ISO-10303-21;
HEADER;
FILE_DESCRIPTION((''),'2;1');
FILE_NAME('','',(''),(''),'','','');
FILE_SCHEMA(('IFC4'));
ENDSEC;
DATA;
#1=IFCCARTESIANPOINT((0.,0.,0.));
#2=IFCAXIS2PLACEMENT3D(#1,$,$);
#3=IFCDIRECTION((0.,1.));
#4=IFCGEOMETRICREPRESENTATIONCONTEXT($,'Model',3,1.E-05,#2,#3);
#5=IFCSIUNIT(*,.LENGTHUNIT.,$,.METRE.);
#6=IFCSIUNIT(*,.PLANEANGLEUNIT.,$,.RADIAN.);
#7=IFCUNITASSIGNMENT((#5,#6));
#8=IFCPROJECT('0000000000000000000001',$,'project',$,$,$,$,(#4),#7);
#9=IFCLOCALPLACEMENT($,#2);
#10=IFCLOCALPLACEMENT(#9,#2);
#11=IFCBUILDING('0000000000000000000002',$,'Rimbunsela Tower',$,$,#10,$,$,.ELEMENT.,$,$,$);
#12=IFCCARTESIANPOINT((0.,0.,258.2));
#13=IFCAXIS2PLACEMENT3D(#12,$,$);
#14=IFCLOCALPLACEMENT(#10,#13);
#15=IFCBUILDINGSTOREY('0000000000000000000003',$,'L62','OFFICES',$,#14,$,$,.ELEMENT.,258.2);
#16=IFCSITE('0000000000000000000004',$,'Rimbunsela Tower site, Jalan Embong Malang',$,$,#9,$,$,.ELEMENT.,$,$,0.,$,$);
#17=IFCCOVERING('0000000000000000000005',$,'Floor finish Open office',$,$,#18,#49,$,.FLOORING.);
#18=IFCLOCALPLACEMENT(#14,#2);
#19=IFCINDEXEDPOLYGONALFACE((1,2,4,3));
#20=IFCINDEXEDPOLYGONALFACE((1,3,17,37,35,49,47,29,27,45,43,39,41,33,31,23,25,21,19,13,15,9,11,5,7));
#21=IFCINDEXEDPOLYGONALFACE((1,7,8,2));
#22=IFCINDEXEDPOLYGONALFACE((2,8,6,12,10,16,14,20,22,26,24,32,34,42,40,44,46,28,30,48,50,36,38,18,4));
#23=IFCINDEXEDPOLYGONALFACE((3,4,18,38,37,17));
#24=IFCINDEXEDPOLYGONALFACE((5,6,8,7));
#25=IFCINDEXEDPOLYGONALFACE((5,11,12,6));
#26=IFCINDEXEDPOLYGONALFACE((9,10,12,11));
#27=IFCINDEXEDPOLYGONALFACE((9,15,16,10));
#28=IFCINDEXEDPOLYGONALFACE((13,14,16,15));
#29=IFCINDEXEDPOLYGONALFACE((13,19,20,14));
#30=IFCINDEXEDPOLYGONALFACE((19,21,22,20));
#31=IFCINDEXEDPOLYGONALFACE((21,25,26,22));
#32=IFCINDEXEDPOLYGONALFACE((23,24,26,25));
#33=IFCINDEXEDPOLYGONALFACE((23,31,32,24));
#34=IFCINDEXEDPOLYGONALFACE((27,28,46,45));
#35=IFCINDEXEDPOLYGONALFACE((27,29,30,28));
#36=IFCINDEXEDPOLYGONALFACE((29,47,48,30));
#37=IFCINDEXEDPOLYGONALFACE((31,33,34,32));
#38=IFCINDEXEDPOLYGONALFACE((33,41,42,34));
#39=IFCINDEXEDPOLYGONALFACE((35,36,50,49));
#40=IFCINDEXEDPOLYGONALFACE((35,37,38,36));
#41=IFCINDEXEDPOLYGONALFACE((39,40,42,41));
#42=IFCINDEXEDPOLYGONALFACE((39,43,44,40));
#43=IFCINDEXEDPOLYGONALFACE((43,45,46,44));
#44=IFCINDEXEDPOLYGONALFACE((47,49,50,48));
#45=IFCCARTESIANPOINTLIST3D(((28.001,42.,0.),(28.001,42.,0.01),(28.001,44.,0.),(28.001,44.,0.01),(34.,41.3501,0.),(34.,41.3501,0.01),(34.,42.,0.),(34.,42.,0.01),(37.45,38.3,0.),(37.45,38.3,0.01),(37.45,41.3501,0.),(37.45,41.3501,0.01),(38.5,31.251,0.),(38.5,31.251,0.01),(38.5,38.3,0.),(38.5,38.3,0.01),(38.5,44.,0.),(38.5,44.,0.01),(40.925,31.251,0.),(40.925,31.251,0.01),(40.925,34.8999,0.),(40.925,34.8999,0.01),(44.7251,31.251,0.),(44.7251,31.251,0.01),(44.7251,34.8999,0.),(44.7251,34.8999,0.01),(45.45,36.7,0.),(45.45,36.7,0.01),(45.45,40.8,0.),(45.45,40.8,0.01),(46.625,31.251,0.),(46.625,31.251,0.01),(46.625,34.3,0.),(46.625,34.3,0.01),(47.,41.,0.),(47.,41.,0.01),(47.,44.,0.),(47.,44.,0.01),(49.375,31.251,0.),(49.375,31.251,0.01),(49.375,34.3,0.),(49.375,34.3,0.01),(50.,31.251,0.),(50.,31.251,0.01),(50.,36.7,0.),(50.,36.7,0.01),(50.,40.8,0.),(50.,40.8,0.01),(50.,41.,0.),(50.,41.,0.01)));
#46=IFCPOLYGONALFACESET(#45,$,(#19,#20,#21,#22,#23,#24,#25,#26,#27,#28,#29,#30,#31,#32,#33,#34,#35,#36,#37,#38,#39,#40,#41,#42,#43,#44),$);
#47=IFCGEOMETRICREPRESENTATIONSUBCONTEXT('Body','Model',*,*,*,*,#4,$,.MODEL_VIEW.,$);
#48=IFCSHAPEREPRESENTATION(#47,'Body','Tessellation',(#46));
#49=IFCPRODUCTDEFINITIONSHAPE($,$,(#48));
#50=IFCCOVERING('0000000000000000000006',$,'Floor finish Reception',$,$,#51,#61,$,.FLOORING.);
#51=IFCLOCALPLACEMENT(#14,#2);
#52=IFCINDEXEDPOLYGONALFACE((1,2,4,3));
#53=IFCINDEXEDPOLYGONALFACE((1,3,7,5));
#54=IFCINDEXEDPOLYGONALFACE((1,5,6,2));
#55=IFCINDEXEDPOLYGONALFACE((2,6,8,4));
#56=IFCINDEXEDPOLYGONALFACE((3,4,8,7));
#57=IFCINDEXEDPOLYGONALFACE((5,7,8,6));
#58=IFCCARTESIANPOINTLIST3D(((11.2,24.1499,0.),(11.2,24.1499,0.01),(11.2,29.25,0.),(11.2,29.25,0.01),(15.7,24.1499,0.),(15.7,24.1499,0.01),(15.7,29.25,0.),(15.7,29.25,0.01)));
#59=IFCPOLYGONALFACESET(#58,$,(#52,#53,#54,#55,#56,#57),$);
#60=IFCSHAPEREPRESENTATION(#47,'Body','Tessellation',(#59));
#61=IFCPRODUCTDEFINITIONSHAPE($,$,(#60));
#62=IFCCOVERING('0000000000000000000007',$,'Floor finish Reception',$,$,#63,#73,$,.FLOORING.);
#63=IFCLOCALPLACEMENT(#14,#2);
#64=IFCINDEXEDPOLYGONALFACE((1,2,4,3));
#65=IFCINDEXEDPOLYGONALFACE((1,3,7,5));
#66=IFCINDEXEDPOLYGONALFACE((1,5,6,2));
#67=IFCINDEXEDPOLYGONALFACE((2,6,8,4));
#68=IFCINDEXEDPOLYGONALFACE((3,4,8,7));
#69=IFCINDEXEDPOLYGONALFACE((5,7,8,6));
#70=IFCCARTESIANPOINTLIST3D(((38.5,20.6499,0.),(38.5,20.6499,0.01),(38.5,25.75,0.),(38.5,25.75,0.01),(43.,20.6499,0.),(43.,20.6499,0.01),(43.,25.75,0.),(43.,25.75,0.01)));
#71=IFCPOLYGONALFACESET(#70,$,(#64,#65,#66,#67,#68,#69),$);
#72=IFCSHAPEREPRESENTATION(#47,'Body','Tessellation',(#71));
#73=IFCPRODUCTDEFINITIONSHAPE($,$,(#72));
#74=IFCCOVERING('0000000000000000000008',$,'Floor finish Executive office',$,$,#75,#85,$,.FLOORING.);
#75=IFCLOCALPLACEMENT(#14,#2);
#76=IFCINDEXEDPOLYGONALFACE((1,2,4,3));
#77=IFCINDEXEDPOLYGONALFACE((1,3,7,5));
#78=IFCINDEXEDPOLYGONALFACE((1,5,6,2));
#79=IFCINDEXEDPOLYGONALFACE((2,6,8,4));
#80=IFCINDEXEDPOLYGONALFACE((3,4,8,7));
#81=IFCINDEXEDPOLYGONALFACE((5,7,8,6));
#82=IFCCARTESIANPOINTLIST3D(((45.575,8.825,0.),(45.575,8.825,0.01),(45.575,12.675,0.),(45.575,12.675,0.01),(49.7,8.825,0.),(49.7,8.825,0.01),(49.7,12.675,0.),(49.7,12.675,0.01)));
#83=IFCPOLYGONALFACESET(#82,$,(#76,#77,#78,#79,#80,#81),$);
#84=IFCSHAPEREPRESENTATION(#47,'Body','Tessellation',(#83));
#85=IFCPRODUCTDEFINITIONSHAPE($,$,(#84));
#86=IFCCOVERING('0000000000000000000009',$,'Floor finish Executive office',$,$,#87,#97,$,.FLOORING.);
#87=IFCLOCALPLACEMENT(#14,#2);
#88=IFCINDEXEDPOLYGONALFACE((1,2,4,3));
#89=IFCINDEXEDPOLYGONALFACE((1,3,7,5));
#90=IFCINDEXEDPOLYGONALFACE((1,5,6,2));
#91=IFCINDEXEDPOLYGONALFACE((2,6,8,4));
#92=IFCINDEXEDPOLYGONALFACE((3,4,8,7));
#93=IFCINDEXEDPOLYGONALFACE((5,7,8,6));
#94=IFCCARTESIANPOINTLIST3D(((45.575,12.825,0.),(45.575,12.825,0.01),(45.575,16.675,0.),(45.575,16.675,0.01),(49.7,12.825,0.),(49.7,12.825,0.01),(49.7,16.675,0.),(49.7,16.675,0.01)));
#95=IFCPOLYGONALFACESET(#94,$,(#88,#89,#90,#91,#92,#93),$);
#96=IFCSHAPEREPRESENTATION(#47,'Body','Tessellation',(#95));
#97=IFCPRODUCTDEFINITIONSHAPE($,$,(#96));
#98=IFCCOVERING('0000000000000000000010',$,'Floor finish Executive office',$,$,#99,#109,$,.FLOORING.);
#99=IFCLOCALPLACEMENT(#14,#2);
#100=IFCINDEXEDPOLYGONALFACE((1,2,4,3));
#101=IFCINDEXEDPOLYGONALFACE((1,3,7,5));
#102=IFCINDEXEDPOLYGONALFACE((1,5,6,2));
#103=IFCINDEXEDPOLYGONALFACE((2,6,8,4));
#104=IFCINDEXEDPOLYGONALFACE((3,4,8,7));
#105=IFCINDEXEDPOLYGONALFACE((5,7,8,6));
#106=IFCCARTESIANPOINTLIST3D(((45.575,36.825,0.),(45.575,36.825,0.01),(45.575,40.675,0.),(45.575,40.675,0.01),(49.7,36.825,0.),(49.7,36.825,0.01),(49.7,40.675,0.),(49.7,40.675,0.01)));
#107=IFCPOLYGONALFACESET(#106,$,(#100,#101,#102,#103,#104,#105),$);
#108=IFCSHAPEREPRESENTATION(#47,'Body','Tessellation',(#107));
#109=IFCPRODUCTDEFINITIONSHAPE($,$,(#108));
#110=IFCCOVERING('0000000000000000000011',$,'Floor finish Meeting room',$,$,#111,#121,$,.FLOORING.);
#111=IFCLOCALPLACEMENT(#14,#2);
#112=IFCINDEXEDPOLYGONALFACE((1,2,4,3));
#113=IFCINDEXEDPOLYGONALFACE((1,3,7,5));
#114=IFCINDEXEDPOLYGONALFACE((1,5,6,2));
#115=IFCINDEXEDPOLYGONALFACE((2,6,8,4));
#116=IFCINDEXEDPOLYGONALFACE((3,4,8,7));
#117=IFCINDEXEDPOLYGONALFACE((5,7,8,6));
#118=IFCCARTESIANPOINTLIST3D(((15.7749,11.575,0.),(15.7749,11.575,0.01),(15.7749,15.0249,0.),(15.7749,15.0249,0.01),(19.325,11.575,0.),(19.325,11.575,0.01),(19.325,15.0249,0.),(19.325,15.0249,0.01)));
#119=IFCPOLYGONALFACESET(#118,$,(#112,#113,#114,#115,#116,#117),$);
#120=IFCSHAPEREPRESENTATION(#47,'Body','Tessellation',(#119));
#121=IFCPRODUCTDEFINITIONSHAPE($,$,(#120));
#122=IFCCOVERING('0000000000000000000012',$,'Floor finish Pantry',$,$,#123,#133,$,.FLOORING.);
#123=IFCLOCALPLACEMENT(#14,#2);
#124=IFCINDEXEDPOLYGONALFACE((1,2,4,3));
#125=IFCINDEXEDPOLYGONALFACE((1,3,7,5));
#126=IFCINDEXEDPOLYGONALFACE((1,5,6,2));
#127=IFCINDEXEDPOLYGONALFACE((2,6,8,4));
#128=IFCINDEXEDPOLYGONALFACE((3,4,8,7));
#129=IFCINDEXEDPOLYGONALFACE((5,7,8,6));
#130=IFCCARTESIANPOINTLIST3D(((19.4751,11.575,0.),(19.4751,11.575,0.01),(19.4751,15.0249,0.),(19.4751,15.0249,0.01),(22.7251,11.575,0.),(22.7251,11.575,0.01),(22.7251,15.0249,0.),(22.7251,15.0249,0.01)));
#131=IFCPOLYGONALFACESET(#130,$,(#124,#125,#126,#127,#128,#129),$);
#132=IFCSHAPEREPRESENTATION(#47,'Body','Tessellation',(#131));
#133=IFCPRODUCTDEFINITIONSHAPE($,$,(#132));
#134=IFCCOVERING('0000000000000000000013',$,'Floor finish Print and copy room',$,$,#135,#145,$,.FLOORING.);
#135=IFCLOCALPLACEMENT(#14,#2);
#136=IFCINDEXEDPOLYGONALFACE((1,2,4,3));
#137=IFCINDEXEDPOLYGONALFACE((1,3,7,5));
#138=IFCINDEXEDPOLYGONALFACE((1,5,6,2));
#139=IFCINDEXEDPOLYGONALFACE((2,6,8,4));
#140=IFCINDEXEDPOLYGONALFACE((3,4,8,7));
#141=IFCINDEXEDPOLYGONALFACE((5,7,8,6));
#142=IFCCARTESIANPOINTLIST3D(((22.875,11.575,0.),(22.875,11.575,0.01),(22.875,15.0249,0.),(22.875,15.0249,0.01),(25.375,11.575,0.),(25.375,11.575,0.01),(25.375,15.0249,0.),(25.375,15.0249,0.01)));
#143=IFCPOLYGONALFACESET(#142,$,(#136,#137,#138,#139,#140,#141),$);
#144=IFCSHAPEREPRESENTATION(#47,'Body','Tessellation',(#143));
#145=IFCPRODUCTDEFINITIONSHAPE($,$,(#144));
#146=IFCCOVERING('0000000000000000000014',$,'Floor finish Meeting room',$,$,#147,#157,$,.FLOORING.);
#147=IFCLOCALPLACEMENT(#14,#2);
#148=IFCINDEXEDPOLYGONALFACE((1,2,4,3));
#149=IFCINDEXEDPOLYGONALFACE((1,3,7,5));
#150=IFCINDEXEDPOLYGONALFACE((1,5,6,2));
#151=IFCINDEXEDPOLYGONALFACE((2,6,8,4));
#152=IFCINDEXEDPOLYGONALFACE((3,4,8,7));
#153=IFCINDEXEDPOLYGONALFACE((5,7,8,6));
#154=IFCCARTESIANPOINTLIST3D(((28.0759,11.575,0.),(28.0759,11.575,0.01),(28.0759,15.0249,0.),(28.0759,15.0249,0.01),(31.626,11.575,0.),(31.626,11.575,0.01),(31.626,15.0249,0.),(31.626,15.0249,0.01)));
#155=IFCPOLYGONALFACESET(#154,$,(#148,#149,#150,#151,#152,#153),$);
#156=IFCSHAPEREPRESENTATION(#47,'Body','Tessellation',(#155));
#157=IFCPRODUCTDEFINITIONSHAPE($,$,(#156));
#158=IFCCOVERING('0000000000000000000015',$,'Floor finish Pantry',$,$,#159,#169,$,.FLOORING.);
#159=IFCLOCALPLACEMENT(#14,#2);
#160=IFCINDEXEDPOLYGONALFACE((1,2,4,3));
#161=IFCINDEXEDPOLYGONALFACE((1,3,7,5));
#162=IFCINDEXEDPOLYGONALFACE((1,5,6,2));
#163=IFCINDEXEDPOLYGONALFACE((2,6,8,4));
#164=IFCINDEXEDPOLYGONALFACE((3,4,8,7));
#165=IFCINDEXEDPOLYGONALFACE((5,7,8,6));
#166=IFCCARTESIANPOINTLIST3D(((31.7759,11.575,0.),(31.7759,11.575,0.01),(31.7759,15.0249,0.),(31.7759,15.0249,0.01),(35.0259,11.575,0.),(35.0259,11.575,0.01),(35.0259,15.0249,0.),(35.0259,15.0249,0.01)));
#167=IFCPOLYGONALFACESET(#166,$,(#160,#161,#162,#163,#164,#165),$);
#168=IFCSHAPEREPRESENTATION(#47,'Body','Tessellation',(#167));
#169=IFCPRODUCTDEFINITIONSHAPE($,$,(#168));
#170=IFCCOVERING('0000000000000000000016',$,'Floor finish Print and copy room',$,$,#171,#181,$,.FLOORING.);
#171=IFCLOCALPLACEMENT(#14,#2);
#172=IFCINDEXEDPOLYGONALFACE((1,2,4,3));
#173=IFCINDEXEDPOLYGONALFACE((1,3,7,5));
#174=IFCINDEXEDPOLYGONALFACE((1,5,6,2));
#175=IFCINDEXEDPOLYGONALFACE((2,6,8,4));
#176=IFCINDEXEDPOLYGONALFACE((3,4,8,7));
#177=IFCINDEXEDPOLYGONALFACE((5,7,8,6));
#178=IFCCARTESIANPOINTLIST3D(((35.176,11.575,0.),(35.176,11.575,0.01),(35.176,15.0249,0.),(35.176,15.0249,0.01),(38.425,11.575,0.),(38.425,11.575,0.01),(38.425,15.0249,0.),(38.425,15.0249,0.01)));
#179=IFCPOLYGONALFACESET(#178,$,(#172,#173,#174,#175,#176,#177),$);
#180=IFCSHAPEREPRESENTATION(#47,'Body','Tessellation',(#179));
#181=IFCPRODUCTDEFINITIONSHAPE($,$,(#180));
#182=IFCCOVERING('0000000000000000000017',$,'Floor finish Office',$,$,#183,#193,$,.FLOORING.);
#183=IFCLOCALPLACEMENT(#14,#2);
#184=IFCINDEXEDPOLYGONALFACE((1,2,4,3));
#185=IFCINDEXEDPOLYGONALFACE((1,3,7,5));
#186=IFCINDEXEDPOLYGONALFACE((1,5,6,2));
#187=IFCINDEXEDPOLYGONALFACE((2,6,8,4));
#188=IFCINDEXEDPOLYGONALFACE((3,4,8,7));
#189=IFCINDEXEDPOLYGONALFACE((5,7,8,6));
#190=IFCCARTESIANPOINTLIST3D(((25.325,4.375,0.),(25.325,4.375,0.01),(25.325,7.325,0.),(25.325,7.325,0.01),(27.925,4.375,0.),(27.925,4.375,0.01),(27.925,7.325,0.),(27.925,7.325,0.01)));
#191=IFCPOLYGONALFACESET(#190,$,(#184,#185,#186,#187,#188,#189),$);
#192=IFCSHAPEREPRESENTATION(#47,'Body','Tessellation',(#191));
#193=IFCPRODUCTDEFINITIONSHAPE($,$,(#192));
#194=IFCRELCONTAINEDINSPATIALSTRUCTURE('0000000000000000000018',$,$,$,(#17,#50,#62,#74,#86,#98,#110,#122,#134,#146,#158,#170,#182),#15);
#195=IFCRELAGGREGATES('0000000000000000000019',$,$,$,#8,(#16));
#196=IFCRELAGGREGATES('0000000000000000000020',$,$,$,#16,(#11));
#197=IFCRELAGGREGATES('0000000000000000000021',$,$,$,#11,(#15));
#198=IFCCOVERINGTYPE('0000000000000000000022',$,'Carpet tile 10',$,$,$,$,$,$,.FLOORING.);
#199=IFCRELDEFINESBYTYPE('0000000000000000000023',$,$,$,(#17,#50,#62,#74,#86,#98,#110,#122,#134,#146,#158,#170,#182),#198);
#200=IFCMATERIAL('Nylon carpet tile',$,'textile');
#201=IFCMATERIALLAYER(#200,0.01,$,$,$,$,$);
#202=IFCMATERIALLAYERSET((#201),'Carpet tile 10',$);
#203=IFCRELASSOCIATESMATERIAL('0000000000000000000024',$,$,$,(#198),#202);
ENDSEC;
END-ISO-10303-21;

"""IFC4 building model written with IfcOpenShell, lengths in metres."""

from ifc_helpers import new_model, si_unit, direction, frame, origin, place, context, subcontext, project, spatial, polyline, outline, extrude, material, layer, layer_set, type_object, element, save


model = new_model("IFC4")

# Units and contexts
model_context = context("Model", 3, precision=1e-05, world=origin(), true_north=direction((0.0, 1.0)))
body_context = subcontext(model_context, "Body", "Model", "MODEL_VIEW")
ifc_project = project(units=[si_unit("LENGTHUNIT", "METRE"), si_unit("PLANEANGLEUNIT", "RADIAN")], contexts=[model_context])

# Site, building, storey
site_placement = place(None, origin())
site = spatial("IfcSite", under=ifc_project, at=site_placement, Name="Rimbunsela Tower site, Jalan Embong Malang", CompositionType="ELEMENT", RefElevation=0.0)
building_placement = place(site_placement, origin())
building = spatial("IfcBuilding", under=site, at=building_placement, Name="Rimbunsela Tower", CompositionType="ELEMENT")
storey_placement = place(building_placement, frame((0.0, 0.0, 258.2)))
storey = spatial("IfcBuildingStorey", under=building, at=storey_placement, Name="L62", Description="OFFICES", CompositionType="ELEMENT", Elevation=258.2)

# Coverings
ifc_material_1 = material(Name="Nylon carpet tile", Category="textile")
ifc_layer_1 = layer(ifc_material_1, 0.01)
ifc_layer_set_1 = layer_set([ifc_layer_1], Name="Carpet tile 10")
covering_type_1 = type_object("IfcCoveringType", Name="Carpet tile 10", PredefinedType="FLOORING", material=ifc_layer_set_1)
covering_1_placement = place(storey_placement, origin())
element("IfcCovering", 1, at=covering_1_placement, inside=storey, type_object=covering_type_1, Name="Floor finish Open office", PredefinedType="FLOORING", context=body_context, shape_type="SweptSolid", body=[
    extrude(outline(polyline([(50.0, 40.8), (45.45, 40.8), (45.45, 36.7), (50.0, 36.7), (50.0, 31.251), (49.375, 31.251), (49.375, 34.3), (46.625, 34.3), (46.625, 31.251), (44.7251, 31.251), (44.7251, 34.8999), (40.925, 34.8999), (40.925, 31.251), (38.5, 31.251), (38.5, 38.3), (37.45, 38.3), (37.45, 41.3501), (34.0, 41.3501), (34.0, 42.0), (28.001, 42.0), (28.001, 44.0), (38.5, 44.0), (47.0, 44.0), (47.0, 41.0), (50.0, 41.0), (50.0, 40.8)])), origin(), (0.0, 0.0, 1.0), 0.01),
])
covering_2_placement = place(storey_placement, origin())
element("IfcCovering", 2, at=covering_2_placement, inside=storey, type_object=covering_type_1, Name="Floor finish Reception", PredefinedType="FLOORING", context=body_context, shape_type="SweptSolid", body=[
    extrude(outline(polyline([(15.7, 24.1499), (15.7, 29.25), (11.2, 29.25), (11.2, 24.1499), (15.7, 24.1499)])), origin(), (0.0, 0.0, 1.0), 0.01),
])
covering_3_placement = place(storey_placement, origin())
element("IfcCovering", 3, at=covering_3_placement, inside=storey, type_object=covering_type_1, Name="Floor finish Reception", PredefinedType="FLOORING", context=body_context, shape_type="SweptSolid", body=[
    extrude(outline(polyline([(43.0, 20.6499), (43.0, 25.75), (38.5, 25.75), (38.5, 20.6499), (43.0, 20.6499)])), origin(), (0.0, 0.0, 1.0), 0.01),
])
covering_4_placement = place(storey_placement, origin())
element("IfcCovering", 4, at=covering_4_placement, inside=storey, type_object=covering_type_1, Name="Floor finish Executive office", PredefinedType="FLOORING", context=body_context, shape_type="SweptSolid", body=[
    extrude(outline(polyline([(49.7, 8.825), (49.7, 12.675), (45.575, 12.675), (45.575, 8.825), (49.7, 8.825)])), origin(), (0.0, 0.0, 1.0), 0.01),
])
covering_5_placement = place(storey_placement, origin())
element("IfcCovering", 5, at=covering_5_placement, inside=storey, type_object=covering_type_1, Name="Floor finish Executive office", PredefinedType="FLOORING", context=body_context, shape_type="SweptSolid", body=[
    extrude(outline(polyline([(49.7, 12.825), (49.7, 16.675), (45.575, 16.675), (45.575, 12.825), (49.7, 12.825)])), origin(), (0.0, 0.0, 1.0), 0.01),
])
covering_6_placement = place(storey_placement, origin())
element("IfcCovering", 6, at=covering_6_placement, inside=storey, type_object=covering_type_1, Name="Floor finish Executive office", PredefinedType="FLOORING", context=body_context, shape_type="SweptSolid", body=[
    extrude(outline(polyline([(49.7, 36.825), (49.7, 40.675), (45.575, 40.675), (45.575, 36.825), (49.7, 36.825)])), origin(), (0.0, 0.0, 1.0), 0.01),
])
covering_7_placement = place(storey_placement, origin())
element("IfcCovering", 7, at=covering_7_placement, inside=storey, type_object=covering_type_1, Name="Floor finish Meeting room", PredefinedType="FLOORING", context=body_context, shape_type="SweptSolid", body=[
    extrude(outline(polyline([(19.325, 11.575), (19.325, 15.0249), (15.7749, 15.0249), (15.7749, 11.575), (19.325, 11.575)])), origin(), (0.0, 0.0, 1.0), 0.01),
])
covering_8_placement = place(storey_placement, origin())
element("IfcCovering", 8, at=covering_8_placement, inside=storey, type_object=covering_type_1, Name="Floor finish Pantry", PredefinedType="FLOORING", context=body_context, shape_type="SweptSolid", body=[
    extrude(outline(polyline([(22.7251, 11.575), (22.7251, 15.0249), (19.4751, 15.0249), (19.4751, 11.575), (22.7251, 11.575)])), origin(), (0.0, 0.0, 1.0), 0.01),
])
covering_9_placement = place(storey_placement, origin())
element("IfcCovering", 9, at=covering_9_placement, inside=storey, type_object=covering_type_1, Name="Floor finish Print and copy room", PredefinedType="FLOORING", context=body_context, shape_type="SweptSolid", body=[
    extrude(outline(polyline([(25.375, 11.575), (25.375, 15.0249), (22.875, 15.0249), (22.875, 11.575), (25.375, 11.575)])), origin(), (0.0, 0.0, 1.0), 0.01),
])
covering_10_placement = place(storey_placement, origin())
element("IfcCovering", 10, at=covering_10_placement, inside=storey, type_object=covering_type_1, Name="Floor finish Meeting room", PredefinedType="FLOORING", context=body_context, shape_type="SweptSolid", body=[
    extrude(outline(polyline([(31.626, 11.575), (31.626, 15.0249), (28.0759, 15.0249), (28.0759, 11.575), (31.626, 11.575)])), origin(), (0.0, 0.0, 1.0), 0.01),
])
covering_11_placement = place(storey_placement, origin())
element("IfcCovering", 11, at=covering_11_placement, inside=storey, type_object=covering_type_1, Name="Floor finish Pantry", PredefinedType="FLOORING", context=body_context, shape_type="SweptSolid", body=[
    extrude(outline(polyline([(35.0259, 11.575), (35.0259, 15.0249), (31.7759, 15.0249), (31.7759, 11.575), (35.0259, 11.575)])), origin(), (0.0, 0.0, 1.0), 0.01),
])
covering_12_placement = place(storey_placement, origin())
element("IfcCovering", 12, at=covering_12_placement, inside=storey, type_object=covering_type_1, Name="Floor finish Print and copy room", PredefinedType="FLOORING", context=body_context, shape_type="SweptSolid", body=[
    extrude(outline(polyline([(38.425, 11.575), (38.425, 15.0249), (35.176, 15.0249), (35.176, 11.575), (38.425, 11.575)])), origin(), (0.0, 0.0, 1.0), 0.01),
])
covering_13_placement = place(storey_placement, origin())
element("IfcCovering", 13, at=covering_13_placement, inside=storey, type_object=covering_type_1, Name="Floor finish Office", PredefinedType="FLOORING", context=body_context, shape_type="SweptSolid", body=[
    extrude(outline(polyline([(27.925, 4.375), (27.925, 7.325), (25.325, 7.325), (25.325, 4.375), (27.925, 4.375)])), origin(), (0.0, 0.0, 1.0), 0.01),
])

save(model, "model.ifc")
